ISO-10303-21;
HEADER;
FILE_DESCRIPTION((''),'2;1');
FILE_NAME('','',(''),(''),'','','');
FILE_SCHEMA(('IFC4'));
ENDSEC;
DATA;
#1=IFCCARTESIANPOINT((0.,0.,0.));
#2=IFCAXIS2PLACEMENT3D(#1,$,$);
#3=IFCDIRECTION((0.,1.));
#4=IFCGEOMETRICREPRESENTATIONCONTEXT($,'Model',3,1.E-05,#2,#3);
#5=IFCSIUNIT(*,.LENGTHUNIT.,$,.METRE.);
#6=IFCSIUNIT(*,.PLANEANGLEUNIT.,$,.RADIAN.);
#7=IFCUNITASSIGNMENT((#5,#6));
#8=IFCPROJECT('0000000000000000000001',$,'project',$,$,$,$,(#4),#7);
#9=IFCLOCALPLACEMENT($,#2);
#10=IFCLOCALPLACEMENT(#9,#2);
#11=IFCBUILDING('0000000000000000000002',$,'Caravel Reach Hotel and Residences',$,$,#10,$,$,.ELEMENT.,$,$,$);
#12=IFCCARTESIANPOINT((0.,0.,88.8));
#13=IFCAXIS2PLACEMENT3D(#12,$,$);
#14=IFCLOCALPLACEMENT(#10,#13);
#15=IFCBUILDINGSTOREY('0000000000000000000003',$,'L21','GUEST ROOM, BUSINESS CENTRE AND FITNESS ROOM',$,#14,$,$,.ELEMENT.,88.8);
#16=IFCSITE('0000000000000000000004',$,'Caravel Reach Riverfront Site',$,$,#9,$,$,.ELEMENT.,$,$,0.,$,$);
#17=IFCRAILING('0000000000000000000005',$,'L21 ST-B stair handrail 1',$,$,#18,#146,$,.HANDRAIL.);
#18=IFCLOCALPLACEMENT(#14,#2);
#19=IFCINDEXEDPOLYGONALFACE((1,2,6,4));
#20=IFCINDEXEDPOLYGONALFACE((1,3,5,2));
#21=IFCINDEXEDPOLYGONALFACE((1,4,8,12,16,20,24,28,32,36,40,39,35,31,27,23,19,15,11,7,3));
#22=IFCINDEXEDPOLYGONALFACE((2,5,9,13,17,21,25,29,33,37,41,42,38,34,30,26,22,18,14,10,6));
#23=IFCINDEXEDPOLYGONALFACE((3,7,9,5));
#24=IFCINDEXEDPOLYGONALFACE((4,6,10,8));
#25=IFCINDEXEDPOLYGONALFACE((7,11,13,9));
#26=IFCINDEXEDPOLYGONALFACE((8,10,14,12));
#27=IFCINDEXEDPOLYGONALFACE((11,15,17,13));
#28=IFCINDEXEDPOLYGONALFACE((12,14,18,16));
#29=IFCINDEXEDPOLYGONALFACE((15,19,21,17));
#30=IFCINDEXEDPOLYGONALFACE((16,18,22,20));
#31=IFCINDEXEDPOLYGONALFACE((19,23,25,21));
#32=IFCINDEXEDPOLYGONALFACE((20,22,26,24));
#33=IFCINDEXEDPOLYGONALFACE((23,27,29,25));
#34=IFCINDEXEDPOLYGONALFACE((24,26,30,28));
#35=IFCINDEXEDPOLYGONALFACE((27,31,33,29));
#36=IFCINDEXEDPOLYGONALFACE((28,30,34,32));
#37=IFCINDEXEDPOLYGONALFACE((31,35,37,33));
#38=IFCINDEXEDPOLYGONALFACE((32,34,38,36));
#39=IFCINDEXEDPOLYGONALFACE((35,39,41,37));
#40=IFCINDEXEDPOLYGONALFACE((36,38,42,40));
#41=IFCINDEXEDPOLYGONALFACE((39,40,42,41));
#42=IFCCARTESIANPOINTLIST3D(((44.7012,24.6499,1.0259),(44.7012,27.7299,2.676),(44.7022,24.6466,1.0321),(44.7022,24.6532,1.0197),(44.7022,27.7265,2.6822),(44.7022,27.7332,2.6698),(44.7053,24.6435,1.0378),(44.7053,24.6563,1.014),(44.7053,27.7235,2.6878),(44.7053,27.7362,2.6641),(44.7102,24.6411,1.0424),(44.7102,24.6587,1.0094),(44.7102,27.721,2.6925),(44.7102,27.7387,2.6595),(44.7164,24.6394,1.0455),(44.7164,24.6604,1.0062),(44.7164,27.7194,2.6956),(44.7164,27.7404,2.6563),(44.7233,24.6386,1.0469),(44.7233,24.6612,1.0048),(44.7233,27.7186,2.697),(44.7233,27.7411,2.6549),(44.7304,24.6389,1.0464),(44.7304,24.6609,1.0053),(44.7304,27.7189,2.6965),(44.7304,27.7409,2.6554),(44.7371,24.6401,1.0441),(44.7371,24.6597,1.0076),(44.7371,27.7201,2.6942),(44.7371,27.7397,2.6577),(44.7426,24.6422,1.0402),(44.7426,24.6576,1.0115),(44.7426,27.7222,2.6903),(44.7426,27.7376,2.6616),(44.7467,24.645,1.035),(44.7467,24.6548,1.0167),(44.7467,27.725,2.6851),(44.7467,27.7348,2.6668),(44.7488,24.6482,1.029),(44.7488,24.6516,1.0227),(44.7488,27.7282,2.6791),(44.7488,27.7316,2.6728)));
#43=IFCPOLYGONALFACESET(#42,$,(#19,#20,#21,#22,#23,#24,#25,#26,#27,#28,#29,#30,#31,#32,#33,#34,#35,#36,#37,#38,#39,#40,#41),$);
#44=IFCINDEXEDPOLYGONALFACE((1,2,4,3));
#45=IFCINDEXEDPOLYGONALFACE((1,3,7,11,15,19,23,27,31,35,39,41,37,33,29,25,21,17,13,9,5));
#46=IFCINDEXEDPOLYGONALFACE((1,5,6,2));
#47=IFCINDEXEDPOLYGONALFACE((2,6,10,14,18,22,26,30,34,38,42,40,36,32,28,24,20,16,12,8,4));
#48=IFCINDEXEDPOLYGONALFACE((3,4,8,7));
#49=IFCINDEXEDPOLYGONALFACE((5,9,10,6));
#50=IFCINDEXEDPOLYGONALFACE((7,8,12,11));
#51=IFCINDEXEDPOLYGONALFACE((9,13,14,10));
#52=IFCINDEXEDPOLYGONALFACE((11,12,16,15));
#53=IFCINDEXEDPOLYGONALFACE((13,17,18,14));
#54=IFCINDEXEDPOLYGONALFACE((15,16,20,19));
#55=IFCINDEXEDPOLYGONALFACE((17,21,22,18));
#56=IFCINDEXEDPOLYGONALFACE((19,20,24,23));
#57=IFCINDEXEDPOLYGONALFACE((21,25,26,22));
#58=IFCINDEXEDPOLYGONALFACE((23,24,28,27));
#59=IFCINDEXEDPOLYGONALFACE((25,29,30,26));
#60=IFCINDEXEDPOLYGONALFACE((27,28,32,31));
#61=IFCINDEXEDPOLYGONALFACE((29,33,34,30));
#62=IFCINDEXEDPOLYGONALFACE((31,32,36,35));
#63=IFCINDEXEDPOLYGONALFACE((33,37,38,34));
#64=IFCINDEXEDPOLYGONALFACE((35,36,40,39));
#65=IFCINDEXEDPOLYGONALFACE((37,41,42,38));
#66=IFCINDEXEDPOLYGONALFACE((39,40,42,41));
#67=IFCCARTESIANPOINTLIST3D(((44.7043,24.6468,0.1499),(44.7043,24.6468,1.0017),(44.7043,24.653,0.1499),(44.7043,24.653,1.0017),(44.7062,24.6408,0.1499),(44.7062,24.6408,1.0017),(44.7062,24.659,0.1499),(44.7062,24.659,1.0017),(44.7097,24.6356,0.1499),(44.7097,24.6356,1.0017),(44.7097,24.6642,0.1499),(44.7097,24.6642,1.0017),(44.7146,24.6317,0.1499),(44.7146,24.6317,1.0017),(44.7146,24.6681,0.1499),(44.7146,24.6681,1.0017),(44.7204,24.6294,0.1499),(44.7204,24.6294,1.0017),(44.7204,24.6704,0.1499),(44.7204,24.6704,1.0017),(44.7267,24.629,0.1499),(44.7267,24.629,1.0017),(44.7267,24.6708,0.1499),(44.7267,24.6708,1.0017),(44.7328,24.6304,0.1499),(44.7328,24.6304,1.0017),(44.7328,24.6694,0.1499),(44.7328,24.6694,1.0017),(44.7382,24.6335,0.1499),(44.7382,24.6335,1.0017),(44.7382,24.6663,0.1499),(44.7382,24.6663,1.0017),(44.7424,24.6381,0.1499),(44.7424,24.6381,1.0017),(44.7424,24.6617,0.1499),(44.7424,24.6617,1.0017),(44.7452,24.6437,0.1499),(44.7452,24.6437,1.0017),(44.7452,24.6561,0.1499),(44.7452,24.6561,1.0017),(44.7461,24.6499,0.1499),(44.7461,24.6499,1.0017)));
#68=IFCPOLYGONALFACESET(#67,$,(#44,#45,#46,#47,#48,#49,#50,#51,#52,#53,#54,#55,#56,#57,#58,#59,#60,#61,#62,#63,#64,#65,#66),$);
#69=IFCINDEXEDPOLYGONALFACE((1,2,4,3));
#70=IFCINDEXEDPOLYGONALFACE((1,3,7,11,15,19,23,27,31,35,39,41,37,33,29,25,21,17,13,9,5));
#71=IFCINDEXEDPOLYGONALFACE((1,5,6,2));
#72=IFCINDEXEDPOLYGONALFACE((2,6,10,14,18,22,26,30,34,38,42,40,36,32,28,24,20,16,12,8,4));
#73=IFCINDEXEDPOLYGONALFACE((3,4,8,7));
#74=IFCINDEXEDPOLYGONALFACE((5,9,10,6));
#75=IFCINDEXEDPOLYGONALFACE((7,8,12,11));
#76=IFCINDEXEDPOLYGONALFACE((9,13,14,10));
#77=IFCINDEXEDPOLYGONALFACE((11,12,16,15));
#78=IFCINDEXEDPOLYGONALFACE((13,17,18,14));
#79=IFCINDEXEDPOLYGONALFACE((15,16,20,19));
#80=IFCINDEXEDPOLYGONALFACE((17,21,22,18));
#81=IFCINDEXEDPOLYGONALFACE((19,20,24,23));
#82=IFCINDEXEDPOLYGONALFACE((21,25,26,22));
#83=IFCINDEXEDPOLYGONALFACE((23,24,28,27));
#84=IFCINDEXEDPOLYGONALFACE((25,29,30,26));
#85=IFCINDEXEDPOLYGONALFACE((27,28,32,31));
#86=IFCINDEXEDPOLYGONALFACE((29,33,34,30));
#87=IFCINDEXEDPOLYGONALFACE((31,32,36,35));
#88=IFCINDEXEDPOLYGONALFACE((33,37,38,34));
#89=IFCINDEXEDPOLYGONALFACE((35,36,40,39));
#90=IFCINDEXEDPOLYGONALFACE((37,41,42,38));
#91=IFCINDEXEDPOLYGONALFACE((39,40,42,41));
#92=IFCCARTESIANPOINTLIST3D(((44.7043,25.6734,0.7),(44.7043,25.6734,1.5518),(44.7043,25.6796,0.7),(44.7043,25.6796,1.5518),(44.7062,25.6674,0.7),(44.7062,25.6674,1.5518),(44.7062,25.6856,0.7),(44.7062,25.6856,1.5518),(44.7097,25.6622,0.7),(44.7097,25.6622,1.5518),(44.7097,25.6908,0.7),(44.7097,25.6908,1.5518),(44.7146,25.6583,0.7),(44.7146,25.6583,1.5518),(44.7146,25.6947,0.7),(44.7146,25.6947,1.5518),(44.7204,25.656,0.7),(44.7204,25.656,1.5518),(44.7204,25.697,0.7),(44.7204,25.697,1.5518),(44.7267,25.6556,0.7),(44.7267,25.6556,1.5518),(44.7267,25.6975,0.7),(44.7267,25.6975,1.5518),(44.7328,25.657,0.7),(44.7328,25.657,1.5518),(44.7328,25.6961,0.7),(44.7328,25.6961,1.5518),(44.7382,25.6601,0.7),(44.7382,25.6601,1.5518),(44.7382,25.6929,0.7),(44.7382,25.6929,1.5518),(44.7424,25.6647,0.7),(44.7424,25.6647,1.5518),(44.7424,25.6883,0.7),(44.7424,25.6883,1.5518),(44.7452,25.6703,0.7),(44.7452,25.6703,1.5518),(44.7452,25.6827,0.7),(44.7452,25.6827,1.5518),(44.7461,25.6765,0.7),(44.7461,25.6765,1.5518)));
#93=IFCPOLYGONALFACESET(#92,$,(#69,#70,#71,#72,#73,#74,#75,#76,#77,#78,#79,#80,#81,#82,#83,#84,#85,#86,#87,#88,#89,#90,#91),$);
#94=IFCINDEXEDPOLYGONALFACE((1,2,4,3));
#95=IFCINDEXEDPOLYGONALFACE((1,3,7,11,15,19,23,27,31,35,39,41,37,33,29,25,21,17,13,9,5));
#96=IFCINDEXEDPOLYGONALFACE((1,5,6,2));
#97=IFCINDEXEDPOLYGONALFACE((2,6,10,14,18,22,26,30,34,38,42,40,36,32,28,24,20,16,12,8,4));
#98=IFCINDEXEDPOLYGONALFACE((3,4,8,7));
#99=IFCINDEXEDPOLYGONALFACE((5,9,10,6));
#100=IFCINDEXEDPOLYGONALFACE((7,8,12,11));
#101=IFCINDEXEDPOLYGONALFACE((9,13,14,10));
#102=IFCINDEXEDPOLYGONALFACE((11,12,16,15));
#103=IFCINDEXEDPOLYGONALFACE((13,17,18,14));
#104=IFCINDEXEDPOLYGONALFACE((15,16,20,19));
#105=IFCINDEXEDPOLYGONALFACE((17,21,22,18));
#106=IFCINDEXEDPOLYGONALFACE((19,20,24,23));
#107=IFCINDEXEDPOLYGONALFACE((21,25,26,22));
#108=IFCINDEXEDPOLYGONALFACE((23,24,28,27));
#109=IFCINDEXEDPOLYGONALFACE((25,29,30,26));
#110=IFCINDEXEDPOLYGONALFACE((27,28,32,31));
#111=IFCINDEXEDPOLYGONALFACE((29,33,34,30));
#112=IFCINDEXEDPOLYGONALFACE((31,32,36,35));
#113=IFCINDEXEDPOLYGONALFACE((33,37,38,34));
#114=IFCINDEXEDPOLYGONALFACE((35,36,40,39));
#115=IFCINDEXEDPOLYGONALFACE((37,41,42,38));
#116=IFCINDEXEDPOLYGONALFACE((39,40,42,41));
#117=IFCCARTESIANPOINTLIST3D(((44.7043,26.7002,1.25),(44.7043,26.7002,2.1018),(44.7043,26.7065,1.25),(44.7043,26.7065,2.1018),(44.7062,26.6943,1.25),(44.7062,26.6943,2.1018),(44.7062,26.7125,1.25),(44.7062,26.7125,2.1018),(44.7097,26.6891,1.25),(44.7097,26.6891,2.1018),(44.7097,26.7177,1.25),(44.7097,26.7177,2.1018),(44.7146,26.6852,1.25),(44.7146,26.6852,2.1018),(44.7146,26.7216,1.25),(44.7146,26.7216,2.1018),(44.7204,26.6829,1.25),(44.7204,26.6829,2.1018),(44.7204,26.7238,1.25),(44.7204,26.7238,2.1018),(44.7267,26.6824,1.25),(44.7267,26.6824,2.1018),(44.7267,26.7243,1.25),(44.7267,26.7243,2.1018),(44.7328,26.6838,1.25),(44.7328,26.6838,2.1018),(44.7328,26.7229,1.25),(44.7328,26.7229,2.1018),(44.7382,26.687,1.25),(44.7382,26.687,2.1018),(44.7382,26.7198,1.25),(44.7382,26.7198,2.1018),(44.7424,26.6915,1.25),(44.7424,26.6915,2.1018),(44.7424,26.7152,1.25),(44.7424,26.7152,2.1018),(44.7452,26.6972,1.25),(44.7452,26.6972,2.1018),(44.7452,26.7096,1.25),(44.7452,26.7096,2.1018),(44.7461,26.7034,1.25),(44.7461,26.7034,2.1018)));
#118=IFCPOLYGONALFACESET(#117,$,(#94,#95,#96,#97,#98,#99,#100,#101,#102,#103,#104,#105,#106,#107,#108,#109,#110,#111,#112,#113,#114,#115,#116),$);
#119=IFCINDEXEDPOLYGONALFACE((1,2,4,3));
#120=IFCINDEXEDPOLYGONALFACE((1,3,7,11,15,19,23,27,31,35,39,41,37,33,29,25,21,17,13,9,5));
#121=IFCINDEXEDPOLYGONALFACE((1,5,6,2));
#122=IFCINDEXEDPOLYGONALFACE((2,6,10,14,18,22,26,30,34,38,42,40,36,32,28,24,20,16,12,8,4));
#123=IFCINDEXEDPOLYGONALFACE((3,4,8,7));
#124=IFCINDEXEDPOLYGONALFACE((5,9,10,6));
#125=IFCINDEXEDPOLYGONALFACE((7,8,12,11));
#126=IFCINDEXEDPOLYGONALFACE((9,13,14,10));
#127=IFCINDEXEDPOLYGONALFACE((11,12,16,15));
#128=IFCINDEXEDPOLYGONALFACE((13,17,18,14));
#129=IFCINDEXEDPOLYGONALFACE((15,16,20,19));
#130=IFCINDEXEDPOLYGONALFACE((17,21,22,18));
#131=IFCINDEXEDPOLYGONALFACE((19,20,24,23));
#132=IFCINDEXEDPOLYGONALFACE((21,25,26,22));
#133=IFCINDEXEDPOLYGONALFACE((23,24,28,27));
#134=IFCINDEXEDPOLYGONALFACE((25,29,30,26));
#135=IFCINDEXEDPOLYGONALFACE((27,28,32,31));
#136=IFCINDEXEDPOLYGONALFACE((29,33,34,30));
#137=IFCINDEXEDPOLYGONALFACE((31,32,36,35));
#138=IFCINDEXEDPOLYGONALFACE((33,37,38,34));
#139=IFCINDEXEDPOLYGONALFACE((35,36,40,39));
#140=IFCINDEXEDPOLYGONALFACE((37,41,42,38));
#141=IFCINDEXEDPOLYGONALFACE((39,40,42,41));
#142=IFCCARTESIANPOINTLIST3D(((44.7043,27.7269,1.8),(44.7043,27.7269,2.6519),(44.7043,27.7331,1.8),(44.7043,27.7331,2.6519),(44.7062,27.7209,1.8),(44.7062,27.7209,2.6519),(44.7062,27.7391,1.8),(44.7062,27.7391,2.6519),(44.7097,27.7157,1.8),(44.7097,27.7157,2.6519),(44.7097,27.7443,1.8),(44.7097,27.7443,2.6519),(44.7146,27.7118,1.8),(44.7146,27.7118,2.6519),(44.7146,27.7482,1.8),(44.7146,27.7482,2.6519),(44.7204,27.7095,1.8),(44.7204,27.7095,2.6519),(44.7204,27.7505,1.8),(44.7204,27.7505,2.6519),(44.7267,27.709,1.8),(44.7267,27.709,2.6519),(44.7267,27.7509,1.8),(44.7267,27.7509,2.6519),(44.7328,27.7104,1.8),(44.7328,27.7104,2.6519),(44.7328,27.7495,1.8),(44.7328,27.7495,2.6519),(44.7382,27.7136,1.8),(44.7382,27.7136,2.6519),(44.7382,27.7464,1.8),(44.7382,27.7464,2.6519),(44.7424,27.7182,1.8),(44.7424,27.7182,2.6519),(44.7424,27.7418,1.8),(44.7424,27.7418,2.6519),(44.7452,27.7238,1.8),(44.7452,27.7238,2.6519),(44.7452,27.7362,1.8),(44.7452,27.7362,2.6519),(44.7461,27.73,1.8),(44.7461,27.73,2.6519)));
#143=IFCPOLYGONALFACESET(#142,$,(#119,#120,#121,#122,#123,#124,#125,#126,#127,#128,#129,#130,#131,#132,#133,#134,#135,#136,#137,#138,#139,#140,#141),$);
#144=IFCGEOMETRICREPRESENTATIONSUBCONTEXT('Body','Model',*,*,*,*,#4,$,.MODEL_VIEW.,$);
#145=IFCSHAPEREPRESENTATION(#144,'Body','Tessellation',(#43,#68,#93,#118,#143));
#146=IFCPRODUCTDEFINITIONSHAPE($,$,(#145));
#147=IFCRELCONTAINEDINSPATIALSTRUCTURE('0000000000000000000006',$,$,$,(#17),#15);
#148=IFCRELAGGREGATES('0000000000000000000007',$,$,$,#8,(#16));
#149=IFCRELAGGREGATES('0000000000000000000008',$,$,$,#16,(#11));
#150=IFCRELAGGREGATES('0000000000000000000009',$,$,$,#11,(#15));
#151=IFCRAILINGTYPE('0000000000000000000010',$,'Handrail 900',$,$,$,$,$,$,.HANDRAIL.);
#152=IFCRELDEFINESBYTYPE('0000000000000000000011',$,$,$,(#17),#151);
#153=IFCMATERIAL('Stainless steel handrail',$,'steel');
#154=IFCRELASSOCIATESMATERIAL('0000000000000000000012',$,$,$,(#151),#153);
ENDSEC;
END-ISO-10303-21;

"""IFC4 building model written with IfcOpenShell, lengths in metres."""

from ifc_helpers import new_model, si_unit, direction, frame, origin, origin_2d, place, context, subcontext, project, spatial, circle, extrude, material, type_object, element, save


model = new_model("IFC4")

# Units and contexts
model_context = context("Model", 3, precision=1e-05, world=origin(), true_north=direction((0.0, 1.0)))
body_context = subcontext(model_context, "Body", "Model", "MODEL_VIEW")
ifc_project = project(units=[si_unit("LENGTHUNIT", "METRE"), si_unit("PLANEANGLEUNIT", "RADIAN")], contexts=[model_context])

# Site, building, storey
site_placement = place(None, origin())
site = spatial("IfcSite", under=ifc_project, at=site_placement, Name="Caravel Reach Riverfront Site", CompositionType="ELEMENT", RefElevation=0.0)
building_placement = place(site_placement, origin())
building = spatial("IfcBuilding", under=site, at=building_placement, Name="Caravel Reach Hotel and Residences", CompositionType="ELEMENT")
storey_placement = place(building_placement, frame((0.0, 0.0, 88.8)))
storey = spatial("IfcBuildingStorey", under=building, at=storey_placement, Name="L21", Description="GUEST ROOM, BUSINESS CENTRE AND FITNESS ROOM", CompositionType="ELEMENT", Elevation=88.8)

# Railing
ifc_material_1 = material(Name="Stainless steel handrail", Category="steel")
railing_type_1 = type_object("IfcRailingType", Name="Handrail 900", PredefinedType="HANDRAIL", material=ifc_material_1)
railing_1_placement = place(storey_placement, frame((44.7251, 24.6499, 0.1499)))
element("IfcRailing", 1, at=railing_1_placement, inside=storey, type_object=railing_type_1, Name="L21 ST-B stair handrail 1", PredefinedType="HANDRAIL", context=body_context, shape_type="SweptSolid", body=[
    extrude(circle(Radius=0.0239, at=origin_2d()), frame((0.0, 0.0, 0.876), z_axis=(0.0, 0.881468, 0.472245), x_axis=(-1.0, 0.0, 0.0)), (0.0, 0.0, 1.0), 3.4941),
    extrude(circle(Radius=0.021, at=origin_2d()), origin(), (0.0, 0.0, 1.0), 0.8518),
    extrude(circle(Radius=0.021, at=origin_2d()), frame((0.0, 1.0266, 0.55)), (0.0, 0.0, 1.0), 0.8518),
    extrude(circle(Radius=0.021, at=origin_2d()), frame((0.0, 2.0535, 1.1001)), (0.0, 0.0, 1.0), 0.8518),
    extrude(circle(Radius=0.021, at=origin_2d()), frame((0.0, 3.0801, 1.6501)), (0.0, 0.0, 1.0), 0.8518),
])

save(model, "model.ifc")
